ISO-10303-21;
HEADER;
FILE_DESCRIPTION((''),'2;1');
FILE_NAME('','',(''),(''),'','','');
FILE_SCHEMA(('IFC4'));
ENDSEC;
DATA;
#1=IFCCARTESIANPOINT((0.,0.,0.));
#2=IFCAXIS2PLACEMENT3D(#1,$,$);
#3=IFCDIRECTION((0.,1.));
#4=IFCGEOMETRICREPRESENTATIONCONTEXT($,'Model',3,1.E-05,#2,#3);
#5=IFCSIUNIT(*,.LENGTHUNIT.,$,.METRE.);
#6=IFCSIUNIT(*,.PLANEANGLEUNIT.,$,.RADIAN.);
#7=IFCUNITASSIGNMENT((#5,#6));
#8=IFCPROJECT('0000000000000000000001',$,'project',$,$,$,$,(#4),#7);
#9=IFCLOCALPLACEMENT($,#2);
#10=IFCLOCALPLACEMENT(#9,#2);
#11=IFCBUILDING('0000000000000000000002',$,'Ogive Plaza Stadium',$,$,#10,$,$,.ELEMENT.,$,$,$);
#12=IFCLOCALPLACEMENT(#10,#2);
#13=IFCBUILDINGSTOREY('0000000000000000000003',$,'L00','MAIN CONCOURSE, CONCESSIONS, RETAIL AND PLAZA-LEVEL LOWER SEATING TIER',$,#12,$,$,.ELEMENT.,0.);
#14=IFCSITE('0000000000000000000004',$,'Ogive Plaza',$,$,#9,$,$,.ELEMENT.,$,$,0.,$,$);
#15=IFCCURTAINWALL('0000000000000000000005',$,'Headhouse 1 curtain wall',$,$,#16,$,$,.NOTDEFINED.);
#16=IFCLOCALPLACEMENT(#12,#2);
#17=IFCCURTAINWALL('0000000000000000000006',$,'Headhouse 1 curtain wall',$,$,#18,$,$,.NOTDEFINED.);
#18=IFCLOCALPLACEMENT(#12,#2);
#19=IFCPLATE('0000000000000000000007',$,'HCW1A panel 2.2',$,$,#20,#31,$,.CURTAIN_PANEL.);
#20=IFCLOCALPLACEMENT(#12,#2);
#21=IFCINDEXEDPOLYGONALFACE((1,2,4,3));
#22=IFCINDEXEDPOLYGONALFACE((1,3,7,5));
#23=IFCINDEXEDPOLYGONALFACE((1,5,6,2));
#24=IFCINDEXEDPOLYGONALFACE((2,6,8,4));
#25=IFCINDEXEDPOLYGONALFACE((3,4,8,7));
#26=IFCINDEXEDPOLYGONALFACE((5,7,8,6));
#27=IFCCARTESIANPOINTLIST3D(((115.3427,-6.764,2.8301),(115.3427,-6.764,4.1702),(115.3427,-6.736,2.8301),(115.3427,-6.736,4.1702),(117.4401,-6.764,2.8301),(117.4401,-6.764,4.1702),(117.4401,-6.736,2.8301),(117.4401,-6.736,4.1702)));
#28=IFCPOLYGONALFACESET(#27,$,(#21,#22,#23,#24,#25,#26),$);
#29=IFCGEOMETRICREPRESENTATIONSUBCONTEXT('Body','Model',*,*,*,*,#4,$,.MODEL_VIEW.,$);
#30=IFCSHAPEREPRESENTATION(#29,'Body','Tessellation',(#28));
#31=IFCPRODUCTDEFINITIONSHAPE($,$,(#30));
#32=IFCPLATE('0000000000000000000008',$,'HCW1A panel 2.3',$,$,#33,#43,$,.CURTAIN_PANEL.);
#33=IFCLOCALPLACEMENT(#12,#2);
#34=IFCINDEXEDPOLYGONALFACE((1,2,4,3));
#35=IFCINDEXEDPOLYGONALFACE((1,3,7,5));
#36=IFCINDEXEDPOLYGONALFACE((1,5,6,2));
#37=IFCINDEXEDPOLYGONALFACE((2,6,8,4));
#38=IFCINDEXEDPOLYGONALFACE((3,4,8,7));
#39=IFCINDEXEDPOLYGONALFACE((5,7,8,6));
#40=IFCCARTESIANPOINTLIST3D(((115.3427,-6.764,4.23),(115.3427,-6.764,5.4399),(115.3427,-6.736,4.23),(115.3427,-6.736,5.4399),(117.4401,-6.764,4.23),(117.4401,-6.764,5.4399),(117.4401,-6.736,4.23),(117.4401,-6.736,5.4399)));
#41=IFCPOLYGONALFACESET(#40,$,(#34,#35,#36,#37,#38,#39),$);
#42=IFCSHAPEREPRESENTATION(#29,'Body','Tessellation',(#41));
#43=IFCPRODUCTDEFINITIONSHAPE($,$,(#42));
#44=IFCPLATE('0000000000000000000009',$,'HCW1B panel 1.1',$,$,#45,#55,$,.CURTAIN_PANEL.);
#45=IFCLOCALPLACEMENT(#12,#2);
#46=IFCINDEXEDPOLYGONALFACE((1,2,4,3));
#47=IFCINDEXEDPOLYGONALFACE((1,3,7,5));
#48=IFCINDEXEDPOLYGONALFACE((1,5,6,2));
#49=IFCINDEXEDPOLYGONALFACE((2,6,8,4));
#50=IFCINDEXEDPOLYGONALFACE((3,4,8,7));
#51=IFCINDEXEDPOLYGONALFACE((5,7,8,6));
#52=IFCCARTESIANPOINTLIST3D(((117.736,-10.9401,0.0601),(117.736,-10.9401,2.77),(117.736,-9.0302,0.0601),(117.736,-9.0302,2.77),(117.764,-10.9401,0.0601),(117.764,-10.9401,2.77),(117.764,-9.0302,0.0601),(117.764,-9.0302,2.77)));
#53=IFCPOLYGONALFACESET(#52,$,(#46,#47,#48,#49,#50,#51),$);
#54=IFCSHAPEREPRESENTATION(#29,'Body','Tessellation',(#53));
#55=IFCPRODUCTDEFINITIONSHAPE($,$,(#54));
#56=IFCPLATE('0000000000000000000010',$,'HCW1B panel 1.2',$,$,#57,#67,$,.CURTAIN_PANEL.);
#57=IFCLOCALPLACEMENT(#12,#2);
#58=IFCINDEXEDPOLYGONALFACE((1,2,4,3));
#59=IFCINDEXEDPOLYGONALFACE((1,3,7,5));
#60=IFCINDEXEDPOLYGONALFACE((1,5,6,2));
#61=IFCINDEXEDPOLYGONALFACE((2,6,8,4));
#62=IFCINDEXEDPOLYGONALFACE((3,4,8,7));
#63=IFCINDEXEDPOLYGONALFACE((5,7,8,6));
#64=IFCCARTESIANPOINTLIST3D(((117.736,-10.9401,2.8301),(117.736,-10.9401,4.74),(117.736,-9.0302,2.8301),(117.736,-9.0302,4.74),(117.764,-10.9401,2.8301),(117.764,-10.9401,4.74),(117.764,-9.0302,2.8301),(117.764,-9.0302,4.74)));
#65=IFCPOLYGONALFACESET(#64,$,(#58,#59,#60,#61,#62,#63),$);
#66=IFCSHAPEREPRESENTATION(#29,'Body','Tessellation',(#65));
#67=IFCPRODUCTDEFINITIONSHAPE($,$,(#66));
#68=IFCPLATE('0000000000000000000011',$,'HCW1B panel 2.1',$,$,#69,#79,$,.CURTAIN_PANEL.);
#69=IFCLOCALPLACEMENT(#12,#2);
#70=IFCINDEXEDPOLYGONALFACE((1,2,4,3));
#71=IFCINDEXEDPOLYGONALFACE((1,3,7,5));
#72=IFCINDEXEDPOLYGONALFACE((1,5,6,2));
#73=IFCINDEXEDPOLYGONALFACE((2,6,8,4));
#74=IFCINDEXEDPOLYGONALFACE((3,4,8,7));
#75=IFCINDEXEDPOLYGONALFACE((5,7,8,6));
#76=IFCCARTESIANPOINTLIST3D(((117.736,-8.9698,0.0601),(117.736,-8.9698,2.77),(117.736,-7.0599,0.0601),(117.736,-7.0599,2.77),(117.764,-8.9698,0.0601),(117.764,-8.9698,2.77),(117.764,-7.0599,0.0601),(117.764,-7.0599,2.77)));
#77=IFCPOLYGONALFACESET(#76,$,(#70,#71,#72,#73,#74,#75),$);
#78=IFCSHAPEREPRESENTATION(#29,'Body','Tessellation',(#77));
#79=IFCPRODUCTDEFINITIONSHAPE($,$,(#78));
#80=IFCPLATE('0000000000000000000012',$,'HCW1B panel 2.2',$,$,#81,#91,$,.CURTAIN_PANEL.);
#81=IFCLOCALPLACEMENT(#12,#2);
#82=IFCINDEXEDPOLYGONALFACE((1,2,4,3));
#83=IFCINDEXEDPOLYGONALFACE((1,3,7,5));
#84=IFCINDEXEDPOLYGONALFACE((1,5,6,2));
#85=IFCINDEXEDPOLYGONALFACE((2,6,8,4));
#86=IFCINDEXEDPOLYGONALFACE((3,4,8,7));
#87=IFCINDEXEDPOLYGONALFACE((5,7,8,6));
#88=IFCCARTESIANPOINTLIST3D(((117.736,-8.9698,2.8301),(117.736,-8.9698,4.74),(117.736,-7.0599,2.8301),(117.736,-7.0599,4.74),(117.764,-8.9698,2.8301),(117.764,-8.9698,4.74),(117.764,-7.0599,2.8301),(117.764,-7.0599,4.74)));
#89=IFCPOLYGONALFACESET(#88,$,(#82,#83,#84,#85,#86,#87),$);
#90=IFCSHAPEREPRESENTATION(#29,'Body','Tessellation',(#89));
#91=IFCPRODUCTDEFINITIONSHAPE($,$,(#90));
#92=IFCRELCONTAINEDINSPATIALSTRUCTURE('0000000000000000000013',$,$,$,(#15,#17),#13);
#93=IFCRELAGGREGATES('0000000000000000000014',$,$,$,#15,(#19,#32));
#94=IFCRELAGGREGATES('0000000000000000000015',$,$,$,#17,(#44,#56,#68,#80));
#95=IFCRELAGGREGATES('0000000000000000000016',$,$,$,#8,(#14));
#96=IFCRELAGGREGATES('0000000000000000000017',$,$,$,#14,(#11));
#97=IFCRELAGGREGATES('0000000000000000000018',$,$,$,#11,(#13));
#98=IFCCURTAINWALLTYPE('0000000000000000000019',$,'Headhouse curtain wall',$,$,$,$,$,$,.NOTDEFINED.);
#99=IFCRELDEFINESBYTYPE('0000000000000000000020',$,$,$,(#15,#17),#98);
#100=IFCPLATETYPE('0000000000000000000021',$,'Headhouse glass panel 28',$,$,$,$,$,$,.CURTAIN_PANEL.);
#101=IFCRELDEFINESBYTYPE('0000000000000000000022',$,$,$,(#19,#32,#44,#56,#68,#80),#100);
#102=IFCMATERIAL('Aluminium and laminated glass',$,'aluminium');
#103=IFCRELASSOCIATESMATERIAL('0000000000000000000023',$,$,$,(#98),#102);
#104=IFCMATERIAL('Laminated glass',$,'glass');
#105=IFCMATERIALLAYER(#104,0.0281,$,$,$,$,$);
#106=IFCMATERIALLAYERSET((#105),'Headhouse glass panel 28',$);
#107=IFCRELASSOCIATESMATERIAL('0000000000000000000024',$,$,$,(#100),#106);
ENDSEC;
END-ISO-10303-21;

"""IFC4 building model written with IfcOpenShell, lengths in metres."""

from ifc_helpers import new_model, si_unit, direction, frame, origin, origin_2d, place, context, subcontext, project, spatial, rectangle, extrude, material, layer, layer_set, type_object, element, aggregate, save


model = new_model("IFC4")

# Units and contexts
model_context = context("Model", 3, precision=1e-05, world=origin(), true_north=direction((0.0, 1.0)))
body_context = subcontext(model_context, "Body", "Model", "MODEL_VIEW")
ifc_project = project(units=[si_unit("LENGTHUNIT", "METRE"), si_unit("PLANEANGLEUNIT", "RADIAN")], contexts=[model_context])

# Site, building, storey
site_placement = place(None, origin())
site = spatial("IfcSite", under=ifc_project, at=site_placement, Name="Ogive Plaza", CompositionType="ELEMENT", RefElevation=0.0)
building_placement = place(site_placement, origin())
building = spatial("IfcBuilding", under=site, at=building_placement, Name="Ogive Plaza Stadium", CompositionType="ELEMENT")
storey_placement = place(building_placement, origin())
storey = spatial("IfcBuildingStorey", under=building, at=storey_placement, Name="L00", Description="MAIN CONCOURSE, CONCESSIONS, RETAIL AND PLAZA-LEVEL LOWER SEATING TIER", CompositionType="ELEMENT", Elevation=0.0)

# Shared definitions
ifc_material_1 = material(Name="Aluminium and laminated glass", Category="aluminium")
curtain_wall_type = type_object("IfcCurtainWallType", Name="Headhouse curtain wall", PredefinedType="NOTDEFINED", material=ifc_material_1)

# Curtain walls
curtain_wall_1_placement = place(storey_placement, origin())
curtain_wall_1 = element("IfcCurtainWall", 1, at=curtain_wall_1_placement, inside=storey, type_object=curtain_wall_type, Name="Headhouse 1 curtain wall", PredefinedType="NOTDEFINED")
curtain_wall_2_placement = place(storey_placement, origin())
curtain_wall_2 = element("IfcCurtainWall", 2, at=curtain_wall_2_placement, inside=storey, type_object=curtain_wall_type, Name="Headhouse 1 curtain wall", PredefinedType="NOTDEFINED")

# Plates
ifc_material_2 = material(Name="Laminated glass", Category="glass")
ifc_layer_1 = layer(ifc_material_2, 0.0281)
ifc_layer_set_1 = layer_set([ifc_layer_1], Name="Headhouse glass panel 28")
plate_type = type_object("IfcPlateType", Name="Headhouse glass panel 28", PredefinedType="CURTAIN_PANEL", material=ifc_layer_set_1)
plate_1_placement = place(storey_placement, frame((116.3914, -6.75, 2.8301), z_axis=(0.0, 0.0, 1.0), x_axis=(1.0, 0.0, 0.0)))
plate_1 = element("IfcPlate", 3, at=plate_1_placement, type_object=plate_type, Name="HCW1A panel 2.2", PredefinedType="CURTAIN_PANEL", context=body_context, shape_type="SweptSolid", body=[
    extrude(rectangle(XDim=2.0974, YDim=0.0281, at=origin_2d()), origin(), (0.0, 0.0, 1.0), 1.3401),
])
plate_2_placement = place(storey_placement, frame((116.3914, -6.75, 4.23), z_axis=(0.0, 0.0, 1.0), x_axis=(1.0, 0.0, 0.0)))
plate_2 = element("IfcPlate", 4, at=plate_2_placement, type_object=plate_type, Name="HCW1A panel 2.3", PredefinedType="CURTAIN_PANEL", context=body_context, shape_type="SweptSolid", body=[
    extrude(rectangle(XDim=2.0974, YDim=0.0281, at=origin_2d()), origin(), (0.0, 0.0, 1.0), 1.21),
])
aggregate(curtain_wall_1, [plate_1, plate_2])
plate_3_placement = place(storey_placement, frame((117.75, -9.9851, 0.0601), z_axis=(0.0, 0.0, 1.0), x_axis=(0.0, 1.0, 0.0)))
plate_3 = element("IfcPlate", 5, at=plate_3_placement, type_object=plate_type, Name="HCW1B panel 1.1", PredefinedType="CURTAIN_PANEL", context=body_context, shape_type="SweptSolid", body=[
    extrude(rectangle(XDim=1.9099, YDim=0.0281, at=origin_2d()), origin(), (0.0, 0.0, 1.0), 2.71),
])
plate_4_placement = place(storey_placement, frame((117.75, -9.9851, 2.8301), z_axis=(0.0, 0.0, 1.0), x_axis=(0.0, 1.0, 0.0)))
plate_4 = element("IfcPlate", 6, at=plate_4_placement, type_object=plate_type, Name="HCW1B panel 1.2", PredefinedType="CURTAIN_PANEL", context=body_context, shape_type="SweptSolid", body=[
    extrude(rectangle(XDim=1.9099, YDim=0.0281, at=origin_2d()), origin(), (0.0, 0.0, 1.0), 1.9099),
])
plate_5_placement = place(storey_placement, frame((117.75, -8.0149, 0.0601), z_axis=(0.0, 0.0, 1.0), x_axis=(0.0, 1.0, 0.0)))
plate_5 = element("IfcPlate", 7, at=plate_5_placement, type_object=plate_type, Name="HCW1B panel 2.1", PredefinedType="CURTAIN_PANEL", context=body_context, shape_type="SweptSolid", body=[
    extrude(rectangle(XDim=1.9099, YDim=0.0281, at=origin_2d()), origin(), (0.0, 0.0, 1.0), 2.71),
])
plate_6_placement = place(storey_placement, frame((117.75, -8.0149, 2.8301), z_axis=(0.0, 0.0, 1.0), x_axis=(0.0, 1.0, 0.0)))
plate_6 = element("IfcPlate", 8, at=plate_6_placement, type_object=plate_type, Name="HCW1B panel 2.2", PredefinedType="CURTAIN_PANEL", context=body_context, shape_type="SweptSolid", body=[
    extrude(rectangle(XDim=1.9099, YDim=0.0281, at=origin_2d()), origin(), (0.0, 0.0, 1.0), 1.9099),
])
aggregate(curtain_wall_2, [plate_3, plate_4, plate_5, plate_6])

save(model, "model.ifc")
